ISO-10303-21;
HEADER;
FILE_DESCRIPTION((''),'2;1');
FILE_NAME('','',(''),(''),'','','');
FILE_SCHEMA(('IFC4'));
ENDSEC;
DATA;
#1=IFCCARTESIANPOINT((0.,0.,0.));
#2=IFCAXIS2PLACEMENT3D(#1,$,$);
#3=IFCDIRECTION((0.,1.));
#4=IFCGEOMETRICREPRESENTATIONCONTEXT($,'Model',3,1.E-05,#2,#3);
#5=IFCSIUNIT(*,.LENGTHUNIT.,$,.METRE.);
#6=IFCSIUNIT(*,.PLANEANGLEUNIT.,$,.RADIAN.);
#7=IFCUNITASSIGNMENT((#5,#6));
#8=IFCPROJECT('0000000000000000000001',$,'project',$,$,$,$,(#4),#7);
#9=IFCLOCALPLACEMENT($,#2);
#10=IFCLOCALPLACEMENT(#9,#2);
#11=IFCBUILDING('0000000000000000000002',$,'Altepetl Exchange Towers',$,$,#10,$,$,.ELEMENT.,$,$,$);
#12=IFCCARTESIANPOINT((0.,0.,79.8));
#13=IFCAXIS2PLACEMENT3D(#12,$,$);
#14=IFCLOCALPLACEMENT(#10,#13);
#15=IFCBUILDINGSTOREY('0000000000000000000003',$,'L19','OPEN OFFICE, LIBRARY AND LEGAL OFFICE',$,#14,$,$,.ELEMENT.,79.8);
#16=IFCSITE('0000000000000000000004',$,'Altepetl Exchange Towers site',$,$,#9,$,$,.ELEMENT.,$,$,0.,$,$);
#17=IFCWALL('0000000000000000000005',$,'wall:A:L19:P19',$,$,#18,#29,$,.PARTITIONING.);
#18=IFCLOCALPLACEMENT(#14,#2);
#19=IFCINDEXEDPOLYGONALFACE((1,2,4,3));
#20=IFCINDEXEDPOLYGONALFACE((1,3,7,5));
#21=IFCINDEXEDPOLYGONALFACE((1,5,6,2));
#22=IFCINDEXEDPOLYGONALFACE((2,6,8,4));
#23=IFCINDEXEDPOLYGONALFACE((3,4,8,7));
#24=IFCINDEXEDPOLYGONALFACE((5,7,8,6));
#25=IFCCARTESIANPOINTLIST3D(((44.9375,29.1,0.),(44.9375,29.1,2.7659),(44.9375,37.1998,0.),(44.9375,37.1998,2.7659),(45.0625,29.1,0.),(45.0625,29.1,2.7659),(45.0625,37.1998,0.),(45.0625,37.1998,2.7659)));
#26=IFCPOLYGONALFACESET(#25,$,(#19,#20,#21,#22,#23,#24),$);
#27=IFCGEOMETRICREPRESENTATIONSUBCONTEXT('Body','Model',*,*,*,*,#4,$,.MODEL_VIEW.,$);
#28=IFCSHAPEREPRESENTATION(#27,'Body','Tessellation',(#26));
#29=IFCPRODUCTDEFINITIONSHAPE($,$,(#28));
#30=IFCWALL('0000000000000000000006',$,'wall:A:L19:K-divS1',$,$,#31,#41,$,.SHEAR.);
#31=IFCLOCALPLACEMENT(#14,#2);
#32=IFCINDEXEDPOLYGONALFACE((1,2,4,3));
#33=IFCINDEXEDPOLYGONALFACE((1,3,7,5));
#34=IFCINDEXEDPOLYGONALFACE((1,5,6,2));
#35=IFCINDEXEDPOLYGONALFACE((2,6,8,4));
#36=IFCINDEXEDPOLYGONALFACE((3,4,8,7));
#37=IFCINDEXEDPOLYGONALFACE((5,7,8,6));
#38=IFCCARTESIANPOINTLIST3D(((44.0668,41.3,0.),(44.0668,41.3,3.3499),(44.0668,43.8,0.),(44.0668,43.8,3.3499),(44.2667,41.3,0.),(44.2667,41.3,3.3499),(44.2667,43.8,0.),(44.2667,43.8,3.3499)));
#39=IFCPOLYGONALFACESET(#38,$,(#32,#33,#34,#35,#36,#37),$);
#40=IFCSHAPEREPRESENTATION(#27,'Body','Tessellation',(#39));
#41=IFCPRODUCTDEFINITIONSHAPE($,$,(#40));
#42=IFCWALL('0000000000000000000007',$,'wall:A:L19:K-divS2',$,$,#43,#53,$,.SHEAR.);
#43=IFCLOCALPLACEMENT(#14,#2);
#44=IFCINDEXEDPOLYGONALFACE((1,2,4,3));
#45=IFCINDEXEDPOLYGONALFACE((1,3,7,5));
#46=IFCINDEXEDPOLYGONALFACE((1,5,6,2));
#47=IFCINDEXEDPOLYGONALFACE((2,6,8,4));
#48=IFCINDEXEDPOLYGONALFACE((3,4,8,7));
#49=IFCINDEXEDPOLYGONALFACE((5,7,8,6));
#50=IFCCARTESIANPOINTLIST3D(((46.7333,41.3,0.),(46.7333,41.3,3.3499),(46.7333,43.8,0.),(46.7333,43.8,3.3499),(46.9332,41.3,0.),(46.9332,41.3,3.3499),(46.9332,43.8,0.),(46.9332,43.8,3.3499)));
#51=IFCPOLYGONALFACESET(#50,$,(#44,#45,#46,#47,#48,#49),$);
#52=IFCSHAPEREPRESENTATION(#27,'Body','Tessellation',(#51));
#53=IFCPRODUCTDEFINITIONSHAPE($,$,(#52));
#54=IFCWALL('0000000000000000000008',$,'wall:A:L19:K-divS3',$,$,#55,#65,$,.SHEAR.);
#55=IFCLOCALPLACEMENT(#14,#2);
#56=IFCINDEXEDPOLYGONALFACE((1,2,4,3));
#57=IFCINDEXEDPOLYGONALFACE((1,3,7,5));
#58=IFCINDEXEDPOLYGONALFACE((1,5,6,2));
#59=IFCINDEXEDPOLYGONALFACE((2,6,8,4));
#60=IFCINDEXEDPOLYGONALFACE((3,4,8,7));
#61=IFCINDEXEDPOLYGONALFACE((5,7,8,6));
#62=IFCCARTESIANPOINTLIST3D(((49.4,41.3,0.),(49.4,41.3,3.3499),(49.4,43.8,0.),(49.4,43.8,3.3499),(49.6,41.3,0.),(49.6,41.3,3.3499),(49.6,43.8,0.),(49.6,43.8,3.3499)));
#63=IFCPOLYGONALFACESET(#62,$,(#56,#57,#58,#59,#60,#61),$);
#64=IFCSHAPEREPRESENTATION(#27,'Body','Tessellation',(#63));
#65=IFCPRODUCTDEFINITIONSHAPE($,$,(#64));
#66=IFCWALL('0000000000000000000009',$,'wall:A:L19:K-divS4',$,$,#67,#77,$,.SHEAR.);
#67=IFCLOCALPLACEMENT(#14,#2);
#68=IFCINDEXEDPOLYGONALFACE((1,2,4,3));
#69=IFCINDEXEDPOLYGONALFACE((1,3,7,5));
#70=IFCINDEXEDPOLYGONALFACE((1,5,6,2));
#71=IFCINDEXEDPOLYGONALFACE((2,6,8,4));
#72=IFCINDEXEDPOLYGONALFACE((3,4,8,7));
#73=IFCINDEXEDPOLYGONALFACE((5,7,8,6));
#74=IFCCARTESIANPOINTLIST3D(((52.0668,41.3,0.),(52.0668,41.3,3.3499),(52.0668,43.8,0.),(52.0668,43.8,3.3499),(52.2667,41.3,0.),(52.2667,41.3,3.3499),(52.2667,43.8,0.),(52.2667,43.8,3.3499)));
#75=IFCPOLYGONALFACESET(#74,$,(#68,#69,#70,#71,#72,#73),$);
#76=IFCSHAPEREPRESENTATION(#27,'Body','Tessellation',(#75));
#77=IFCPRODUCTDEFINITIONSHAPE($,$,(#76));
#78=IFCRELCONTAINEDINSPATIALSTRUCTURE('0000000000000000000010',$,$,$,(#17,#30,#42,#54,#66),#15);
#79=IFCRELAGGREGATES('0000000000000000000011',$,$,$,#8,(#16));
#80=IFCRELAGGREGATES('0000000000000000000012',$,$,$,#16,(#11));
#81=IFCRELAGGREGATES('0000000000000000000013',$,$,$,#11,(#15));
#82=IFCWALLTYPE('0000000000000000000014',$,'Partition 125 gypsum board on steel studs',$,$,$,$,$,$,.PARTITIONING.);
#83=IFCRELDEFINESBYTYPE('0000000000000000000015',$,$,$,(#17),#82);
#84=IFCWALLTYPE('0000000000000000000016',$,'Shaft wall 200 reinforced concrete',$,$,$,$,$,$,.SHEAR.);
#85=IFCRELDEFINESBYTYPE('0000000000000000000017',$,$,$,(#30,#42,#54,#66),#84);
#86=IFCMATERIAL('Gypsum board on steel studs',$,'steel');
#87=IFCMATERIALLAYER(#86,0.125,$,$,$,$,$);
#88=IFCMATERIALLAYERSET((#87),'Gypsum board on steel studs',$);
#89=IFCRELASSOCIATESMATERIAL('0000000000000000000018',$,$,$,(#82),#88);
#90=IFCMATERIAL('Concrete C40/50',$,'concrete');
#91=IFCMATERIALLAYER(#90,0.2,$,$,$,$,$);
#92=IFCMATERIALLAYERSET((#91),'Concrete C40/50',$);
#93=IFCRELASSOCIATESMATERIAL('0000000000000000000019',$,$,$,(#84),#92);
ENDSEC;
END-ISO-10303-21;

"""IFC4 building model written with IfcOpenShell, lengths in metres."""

from ifc_helpers import new_model, si_unit, direction, frame, frame_2d, origin, place, context, subcontext, project, spatial, rectangle, extrude, material, layer, layer_set, type_object, element, save


model = new_model("IFC4")

# Units and contexts
model_context = context("Model", 3, precision=1e-05, world=origin(), true_north=direction((0.0, 1.0)))
body_context = subcontext(model_context, "Body", "Model", "MODEL_VIEW")
ifc_project = project(units=[si_unit("LENGTHUNIT", "METRE"), si_unit("PLANEANGLEUNIT", "RADIAN")], contexts=[model_context])

# Site, building, storey
site_placement = place(None, origin())
site = spatial("IfcSite", under=ifc_project, at=site_placement, Name="Altepetl Exchange Towers site", CompositionType="ELEMENT", RefElevation=0.0)
building_placement = place(site_placement, origin())
building = spatial("IfcBuilding", under=site, at=building_placement, Name="Altepetl Exchange Towers", CompositionType="ELEMENT")
storey_placement = place(building_placement, frame((0.0, 0.0, 79.8)))
storey = spatial("IfcBuildingStorey", under=building, at=storey_placement, Name="L19", Description="OPEN OFFICE, LIBRARY AND LEGAL OFFICE", CompositionType="ELEMENT", Elevation=79.8)

# Walls
ifc_material_1 = material(Name="Gypsum board on steel studs", Category="steel")
ifc_layer_1 = layer(ifc_material_1, 0.125)
ifc_layer_set_1 = layer_set([ifc_layer_1], Name="Gypsum board on steel studs")
wall_type_1 = type_object("IfcWallType", Name="Partition 125 gypsum board on steel studs", PredefinedType="PARTITIONING", material=ifc_layer_set_1)
wall_1_placement = place(storey_placement, frame((45.0, 29.1001, 0.0), z_axis=(0.0, 0.0, 1.0), x_axis=(0.0, 1.0, 0.0)))
element("IfcWall", 1, at=wall_1_placement, inside=storey, type_object=wall_type_1, Name="wall:A:L19:P19", PredefinedType="PARTITIONING", context=body_context, shape_type="SweptSolid", body=[
    extrude(rectangle(XDim=8.0999, YDim=0.125, at=frame_2d((4.0498, 0.0))), origin(), (0.0, 0.0, 1.0), 2.7659),
])
ifc_material_2 = material(Name="Concrete C40/50", Category="concrete")
ifc_layer_2 = layer(ifc_material_2, 0.2)
ifc_layer_set_2 = layer_set([ifc_layer_2], Name="Concrete C40/50")
wall_type_2 = type_object("IfcWallType", Name="Shaft wall 200 reinforced concrete", PredefinedType="SHEAR", material=ifc_layer_set_2)
for number, where, z_axis, x_axis, name in (
    (2, (44.1667, 41.3, 0.0), (0.0, 0.0, 1.0), (0.0, 1.0, 0.0), "wall:A:L19:K-divS1"),
    (3, (46.8333, 41.3, 0.0), (0.0, 0.0, 1.0), (0.0, 1.0, 0.0), "wall:A:L19:K-divS2"),
    (4, (49.5, 41.3, 0.0), (0.0, 0.0, 1.0), (0.0, 1.0, 0.0), "wall:A:L19:K-divS3"),
    (5, (52.1667, 41.3, 0.0), (0.0, 0.0, 1.0), (0.0, 1.0, 0.0), "wall:A:L19:K-divS4"),
):
    element("IfcWall", number, at=place(storey_placement, frame(where, z_axis=z_axis, x_axis=x_axis)), inside=storey, type_object=wall_type_2, Name=name, PredefinedType="SHEAR", context=body_context, shape_type="SweptSolid", body=[
        extrude(rectangle(XDim=2.5, YDim=0.2, at=frame_2d((1.25, 0.0))), origin(), (0.0, 0.0, 1.0), 3.3499),
    ])

save(model, "model.ifc")
